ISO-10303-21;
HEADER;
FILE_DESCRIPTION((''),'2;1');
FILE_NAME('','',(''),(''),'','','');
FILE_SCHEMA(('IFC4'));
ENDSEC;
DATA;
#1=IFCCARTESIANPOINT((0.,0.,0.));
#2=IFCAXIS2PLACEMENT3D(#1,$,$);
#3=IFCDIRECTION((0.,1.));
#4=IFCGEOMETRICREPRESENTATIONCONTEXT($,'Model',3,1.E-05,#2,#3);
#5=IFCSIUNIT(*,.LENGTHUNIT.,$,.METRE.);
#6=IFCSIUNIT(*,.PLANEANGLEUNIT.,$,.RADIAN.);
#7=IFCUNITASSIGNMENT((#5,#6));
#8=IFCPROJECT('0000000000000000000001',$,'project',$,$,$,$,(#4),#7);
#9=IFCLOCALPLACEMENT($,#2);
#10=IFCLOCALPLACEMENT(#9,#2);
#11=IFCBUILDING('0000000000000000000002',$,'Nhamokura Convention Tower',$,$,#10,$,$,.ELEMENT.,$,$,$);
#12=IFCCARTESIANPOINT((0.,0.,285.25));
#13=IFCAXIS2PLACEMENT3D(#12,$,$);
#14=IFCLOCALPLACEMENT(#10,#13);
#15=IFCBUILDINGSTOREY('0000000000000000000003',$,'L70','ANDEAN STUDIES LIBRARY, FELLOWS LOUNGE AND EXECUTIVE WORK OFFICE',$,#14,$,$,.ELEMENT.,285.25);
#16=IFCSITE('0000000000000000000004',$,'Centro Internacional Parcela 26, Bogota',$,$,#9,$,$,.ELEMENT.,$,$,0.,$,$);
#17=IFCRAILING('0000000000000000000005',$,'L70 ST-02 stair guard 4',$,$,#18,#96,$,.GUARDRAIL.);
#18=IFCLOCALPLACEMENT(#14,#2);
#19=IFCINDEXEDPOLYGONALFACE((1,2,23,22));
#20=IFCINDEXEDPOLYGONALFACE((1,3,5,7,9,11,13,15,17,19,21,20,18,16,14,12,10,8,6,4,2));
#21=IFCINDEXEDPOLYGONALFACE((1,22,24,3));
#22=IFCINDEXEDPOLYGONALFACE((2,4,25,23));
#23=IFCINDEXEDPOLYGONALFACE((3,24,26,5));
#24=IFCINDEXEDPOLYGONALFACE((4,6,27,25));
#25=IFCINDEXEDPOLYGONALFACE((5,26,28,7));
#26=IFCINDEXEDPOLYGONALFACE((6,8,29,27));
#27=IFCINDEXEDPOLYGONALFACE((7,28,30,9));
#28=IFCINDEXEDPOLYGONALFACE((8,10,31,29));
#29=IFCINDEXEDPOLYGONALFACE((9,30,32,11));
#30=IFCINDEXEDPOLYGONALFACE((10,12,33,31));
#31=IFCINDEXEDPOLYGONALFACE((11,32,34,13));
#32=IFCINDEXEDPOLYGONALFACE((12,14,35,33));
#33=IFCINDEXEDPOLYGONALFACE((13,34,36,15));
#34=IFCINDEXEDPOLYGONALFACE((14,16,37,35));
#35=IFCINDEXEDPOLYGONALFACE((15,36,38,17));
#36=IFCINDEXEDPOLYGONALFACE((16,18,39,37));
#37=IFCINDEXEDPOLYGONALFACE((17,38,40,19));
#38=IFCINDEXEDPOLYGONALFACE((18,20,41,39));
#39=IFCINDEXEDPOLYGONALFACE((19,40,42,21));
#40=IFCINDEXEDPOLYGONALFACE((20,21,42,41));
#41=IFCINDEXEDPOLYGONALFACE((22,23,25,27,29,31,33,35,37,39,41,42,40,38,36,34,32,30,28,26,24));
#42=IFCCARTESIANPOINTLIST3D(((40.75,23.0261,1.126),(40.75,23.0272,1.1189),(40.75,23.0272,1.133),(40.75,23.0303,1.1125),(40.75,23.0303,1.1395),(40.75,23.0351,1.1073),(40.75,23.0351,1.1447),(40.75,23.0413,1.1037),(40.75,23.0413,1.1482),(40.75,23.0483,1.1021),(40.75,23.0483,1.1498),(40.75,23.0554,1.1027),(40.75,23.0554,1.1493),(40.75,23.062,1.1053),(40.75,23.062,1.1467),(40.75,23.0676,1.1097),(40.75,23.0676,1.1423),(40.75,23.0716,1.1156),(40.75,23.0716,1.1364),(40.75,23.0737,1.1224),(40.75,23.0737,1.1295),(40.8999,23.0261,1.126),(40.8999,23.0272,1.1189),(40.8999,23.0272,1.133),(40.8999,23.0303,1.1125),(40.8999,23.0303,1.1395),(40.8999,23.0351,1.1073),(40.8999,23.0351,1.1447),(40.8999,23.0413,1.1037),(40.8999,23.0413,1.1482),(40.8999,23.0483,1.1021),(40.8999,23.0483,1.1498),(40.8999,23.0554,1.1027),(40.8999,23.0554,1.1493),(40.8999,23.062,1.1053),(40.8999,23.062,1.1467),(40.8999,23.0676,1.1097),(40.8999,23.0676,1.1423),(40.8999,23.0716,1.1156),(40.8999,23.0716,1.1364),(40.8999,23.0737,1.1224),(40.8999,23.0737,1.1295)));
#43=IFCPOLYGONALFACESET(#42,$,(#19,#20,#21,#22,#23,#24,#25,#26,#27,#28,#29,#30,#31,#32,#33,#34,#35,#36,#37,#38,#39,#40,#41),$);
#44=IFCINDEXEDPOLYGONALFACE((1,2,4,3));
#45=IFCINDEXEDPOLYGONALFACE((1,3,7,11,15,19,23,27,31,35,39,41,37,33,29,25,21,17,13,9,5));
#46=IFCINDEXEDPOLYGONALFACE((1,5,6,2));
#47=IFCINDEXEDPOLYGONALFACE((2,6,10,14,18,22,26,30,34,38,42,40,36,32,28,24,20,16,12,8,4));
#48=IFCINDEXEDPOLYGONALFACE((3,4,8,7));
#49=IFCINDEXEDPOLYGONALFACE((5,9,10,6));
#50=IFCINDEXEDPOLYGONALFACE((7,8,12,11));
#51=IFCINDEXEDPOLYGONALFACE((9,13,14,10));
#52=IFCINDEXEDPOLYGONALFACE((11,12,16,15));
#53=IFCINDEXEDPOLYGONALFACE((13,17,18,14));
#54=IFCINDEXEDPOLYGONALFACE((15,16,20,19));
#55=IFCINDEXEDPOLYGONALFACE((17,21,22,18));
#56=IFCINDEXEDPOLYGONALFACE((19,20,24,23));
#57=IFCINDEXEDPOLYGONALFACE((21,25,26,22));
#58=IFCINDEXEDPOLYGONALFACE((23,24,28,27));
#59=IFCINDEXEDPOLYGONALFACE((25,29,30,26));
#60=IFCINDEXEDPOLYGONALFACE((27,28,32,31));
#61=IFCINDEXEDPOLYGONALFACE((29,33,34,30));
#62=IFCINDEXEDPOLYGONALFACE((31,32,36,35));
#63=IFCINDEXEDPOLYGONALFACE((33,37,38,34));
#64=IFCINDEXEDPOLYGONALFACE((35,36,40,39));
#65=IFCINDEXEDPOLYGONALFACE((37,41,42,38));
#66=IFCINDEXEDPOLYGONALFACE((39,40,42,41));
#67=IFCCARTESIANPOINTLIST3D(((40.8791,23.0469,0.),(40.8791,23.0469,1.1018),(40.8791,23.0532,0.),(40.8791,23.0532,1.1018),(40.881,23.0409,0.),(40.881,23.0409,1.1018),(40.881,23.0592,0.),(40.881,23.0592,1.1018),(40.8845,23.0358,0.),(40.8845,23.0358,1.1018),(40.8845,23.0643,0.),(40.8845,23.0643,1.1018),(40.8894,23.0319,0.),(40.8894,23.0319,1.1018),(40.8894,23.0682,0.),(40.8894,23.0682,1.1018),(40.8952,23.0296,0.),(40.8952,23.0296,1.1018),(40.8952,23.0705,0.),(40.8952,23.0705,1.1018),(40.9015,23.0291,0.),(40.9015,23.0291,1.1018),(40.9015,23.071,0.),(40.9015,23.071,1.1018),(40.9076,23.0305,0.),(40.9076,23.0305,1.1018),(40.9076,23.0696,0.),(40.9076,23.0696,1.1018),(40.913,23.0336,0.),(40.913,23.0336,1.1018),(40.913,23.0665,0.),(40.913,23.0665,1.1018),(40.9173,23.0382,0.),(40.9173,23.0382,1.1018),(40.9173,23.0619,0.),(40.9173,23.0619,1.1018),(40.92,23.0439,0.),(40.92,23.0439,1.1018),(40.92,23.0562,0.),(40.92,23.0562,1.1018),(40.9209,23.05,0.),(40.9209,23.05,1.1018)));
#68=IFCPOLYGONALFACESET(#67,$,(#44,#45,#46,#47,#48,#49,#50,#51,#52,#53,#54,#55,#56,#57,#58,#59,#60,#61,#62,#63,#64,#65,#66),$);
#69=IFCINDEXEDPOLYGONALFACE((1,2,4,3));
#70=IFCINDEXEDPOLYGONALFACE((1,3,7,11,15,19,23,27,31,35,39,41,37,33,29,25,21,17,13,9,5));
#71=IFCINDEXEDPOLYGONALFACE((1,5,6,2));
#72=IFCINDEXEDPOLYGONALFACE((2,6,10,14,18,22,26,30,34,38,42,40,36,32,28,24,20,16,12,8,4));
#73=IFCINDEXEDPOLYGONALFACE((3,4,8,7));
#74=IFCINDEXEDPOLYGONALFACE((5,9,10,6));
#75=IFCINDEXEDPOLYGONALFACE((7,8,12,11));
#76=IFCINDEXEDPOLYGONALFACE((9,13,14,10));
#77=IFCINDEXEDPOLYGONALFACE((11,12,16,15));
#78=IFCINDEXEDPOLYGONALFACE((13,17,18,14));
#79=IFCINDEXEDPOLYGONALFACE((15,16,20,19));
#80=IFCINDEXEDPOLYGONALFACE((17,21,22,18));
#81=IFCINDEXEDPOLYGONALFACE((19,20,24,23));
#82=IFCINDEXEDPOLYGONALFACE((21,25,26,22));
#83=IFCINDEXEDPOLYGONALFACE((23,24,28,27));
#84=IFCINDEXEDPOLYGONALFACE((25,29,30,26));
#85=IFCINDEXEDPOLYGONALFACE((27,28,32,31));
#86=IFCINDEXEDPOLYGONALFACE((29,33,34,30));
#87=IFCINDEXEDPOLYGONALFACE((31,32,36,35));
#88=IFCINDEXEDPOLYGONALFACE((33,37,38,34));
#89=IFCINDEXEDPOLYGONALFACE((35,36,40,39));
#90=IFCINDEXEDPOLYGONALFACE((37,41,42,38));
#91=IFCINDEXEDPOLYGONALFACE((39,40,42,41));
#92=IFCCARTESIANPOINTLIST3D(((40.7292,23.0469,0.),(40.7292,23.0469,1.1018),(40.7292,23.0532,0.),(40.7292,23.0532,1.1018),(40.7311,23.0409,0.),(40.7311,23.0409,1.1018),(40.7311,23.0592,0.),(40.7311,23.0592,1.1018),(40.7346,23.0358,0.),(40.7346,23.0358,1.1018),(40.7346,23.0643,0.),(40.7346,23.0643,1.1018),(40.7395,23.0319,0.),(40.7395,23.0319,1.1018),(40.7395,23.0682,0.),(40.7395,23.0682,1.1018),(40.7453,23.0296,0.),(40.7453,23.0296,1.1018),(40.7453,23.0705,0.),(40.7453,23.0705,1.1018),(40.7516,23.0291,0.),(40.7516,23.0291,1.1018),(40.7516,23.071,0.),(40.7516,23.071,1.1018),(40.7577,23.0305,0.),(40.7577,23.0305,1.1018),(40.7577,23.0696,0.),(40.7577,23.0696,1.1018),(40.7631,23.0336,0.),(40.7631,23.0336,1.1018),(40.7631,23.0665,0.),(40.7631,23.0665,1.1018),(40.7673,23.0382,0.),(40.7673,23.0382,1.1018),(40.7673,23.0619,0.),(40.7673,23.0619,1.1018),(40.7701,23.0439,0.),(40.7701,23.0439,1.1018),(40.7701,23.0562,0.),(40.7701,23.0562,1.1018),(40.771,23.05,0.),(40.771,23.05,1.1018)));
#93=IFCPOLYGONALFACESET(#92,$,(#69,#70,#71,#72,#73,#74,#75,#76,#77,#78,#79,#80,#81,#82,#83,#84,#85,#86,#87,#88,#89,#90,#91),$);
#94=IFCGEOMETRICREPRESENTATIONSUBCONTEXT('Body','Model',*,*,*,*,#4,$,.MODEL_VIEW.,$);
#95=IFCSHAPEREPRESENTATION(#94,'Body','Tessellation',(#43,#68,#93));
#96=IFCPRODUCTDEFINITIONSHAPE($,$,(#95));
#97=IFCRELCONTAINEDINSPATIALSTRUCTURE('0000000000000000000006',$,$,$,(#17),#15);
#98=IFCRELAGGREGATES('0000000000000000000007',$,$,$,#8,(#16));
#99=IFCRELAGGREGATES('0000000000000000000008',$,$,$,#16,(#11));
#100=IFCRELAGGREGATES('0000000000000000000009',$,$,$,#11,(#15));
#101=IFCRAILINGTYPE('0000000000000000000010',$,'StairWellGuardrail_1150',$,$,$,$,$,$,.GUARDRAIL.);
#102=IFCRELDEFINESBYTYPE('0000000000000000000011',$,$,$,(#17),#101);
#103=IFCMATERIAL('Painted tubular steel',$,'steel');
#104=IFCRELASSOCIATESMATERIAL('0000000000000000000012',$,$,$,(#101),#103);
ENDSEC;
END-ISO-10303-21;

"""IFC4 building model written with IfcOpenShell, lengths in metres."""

from ifc_helpers import new_model, si_unit, direction, frame, origin, origin_2d, place, context, subcontext, project, spatial, circle, extrude, material, type_object, element, save


model = new_model("IFC4")

# Units and contexts
model_context = context("Model", 3, precision=1e-05, world=origin(), true_north=direction((0.0, 1.0)))
body_context = subcontext(model_context, "Body", "Model", "MODEL_VIEW")
ifc_project = project(units=[si_unit("LENGTHUNIT", "METRE"), si_unit("PLANEANGLEUNIT", "RADIAN")], contexts=[model_context])

# Site, building, storey
site_placement = place(None, origin())
site = spatial("IfcSite", under=ifc_project, at=site_placement, Name="Centro Internacional Parcela 26, Bogota", CompositionType="ELEMENT", RefElevation=0.0)
building_placement = place(site_placement, origin())
building = spatial("IfcBuilding", under=site, at=building_placement, Name="Nhamokura Convention Tower", CompositionType="ELEMENT")
storey_placement = place(building_placement, frame((0.0, 0.0, 285.25)))
storey = spatial("IfcBuildingStorey", under=building, at=storey_placement, Name="L70", Description="ANDEAN STUDIES LIBRARY, FELLOWS LOUNGE AND EXECUTIVE WORK OFFICE", CompositionType="ELEMENT", Elevation=285.25)

# Railing
ifc_material_1 = material(Name="Painted tubular steel", Category="steel")
railing_type_1 = type_object("IfcRailingType", Name="StairWellGuardrail_1150", PredefinedType="GUARDRAIL", material=ifc_material_1)
railing_1_placement = place(storey_placement, frame((40.8999, 23.05, 0.0)))
element("IfcRailing", 1, at=railing_1_placement, inside=storey, type_object=railing_type_1, Name="L70 ST-02 stair guard 4", PredefinedType="GUARDRAIL", context=body_context, shape_type="SweptSolid", body=[
    extrude(circle(Radius=0.0239, at=origin_2d()), frame((0.0, 0.0, 1.126), z_axis=(-1.0, 0.0, 0.0), x_axis=(0.0, -1.0, 0.0)), (0.0, 0.0, 1.0), 0.1499),
    extrude(circle(Radius=0.021, at=origin_2d()), origin(), (0.0, 0.0, 1.0), 1.1018),
    extrude(circle(Radius=0.021, at=origin_2d()), frame((-0.1499, 0.0, 0.0)), (0.0, 0.0, 1.0), 1.1018),
])

save(model, "model.ifc")
